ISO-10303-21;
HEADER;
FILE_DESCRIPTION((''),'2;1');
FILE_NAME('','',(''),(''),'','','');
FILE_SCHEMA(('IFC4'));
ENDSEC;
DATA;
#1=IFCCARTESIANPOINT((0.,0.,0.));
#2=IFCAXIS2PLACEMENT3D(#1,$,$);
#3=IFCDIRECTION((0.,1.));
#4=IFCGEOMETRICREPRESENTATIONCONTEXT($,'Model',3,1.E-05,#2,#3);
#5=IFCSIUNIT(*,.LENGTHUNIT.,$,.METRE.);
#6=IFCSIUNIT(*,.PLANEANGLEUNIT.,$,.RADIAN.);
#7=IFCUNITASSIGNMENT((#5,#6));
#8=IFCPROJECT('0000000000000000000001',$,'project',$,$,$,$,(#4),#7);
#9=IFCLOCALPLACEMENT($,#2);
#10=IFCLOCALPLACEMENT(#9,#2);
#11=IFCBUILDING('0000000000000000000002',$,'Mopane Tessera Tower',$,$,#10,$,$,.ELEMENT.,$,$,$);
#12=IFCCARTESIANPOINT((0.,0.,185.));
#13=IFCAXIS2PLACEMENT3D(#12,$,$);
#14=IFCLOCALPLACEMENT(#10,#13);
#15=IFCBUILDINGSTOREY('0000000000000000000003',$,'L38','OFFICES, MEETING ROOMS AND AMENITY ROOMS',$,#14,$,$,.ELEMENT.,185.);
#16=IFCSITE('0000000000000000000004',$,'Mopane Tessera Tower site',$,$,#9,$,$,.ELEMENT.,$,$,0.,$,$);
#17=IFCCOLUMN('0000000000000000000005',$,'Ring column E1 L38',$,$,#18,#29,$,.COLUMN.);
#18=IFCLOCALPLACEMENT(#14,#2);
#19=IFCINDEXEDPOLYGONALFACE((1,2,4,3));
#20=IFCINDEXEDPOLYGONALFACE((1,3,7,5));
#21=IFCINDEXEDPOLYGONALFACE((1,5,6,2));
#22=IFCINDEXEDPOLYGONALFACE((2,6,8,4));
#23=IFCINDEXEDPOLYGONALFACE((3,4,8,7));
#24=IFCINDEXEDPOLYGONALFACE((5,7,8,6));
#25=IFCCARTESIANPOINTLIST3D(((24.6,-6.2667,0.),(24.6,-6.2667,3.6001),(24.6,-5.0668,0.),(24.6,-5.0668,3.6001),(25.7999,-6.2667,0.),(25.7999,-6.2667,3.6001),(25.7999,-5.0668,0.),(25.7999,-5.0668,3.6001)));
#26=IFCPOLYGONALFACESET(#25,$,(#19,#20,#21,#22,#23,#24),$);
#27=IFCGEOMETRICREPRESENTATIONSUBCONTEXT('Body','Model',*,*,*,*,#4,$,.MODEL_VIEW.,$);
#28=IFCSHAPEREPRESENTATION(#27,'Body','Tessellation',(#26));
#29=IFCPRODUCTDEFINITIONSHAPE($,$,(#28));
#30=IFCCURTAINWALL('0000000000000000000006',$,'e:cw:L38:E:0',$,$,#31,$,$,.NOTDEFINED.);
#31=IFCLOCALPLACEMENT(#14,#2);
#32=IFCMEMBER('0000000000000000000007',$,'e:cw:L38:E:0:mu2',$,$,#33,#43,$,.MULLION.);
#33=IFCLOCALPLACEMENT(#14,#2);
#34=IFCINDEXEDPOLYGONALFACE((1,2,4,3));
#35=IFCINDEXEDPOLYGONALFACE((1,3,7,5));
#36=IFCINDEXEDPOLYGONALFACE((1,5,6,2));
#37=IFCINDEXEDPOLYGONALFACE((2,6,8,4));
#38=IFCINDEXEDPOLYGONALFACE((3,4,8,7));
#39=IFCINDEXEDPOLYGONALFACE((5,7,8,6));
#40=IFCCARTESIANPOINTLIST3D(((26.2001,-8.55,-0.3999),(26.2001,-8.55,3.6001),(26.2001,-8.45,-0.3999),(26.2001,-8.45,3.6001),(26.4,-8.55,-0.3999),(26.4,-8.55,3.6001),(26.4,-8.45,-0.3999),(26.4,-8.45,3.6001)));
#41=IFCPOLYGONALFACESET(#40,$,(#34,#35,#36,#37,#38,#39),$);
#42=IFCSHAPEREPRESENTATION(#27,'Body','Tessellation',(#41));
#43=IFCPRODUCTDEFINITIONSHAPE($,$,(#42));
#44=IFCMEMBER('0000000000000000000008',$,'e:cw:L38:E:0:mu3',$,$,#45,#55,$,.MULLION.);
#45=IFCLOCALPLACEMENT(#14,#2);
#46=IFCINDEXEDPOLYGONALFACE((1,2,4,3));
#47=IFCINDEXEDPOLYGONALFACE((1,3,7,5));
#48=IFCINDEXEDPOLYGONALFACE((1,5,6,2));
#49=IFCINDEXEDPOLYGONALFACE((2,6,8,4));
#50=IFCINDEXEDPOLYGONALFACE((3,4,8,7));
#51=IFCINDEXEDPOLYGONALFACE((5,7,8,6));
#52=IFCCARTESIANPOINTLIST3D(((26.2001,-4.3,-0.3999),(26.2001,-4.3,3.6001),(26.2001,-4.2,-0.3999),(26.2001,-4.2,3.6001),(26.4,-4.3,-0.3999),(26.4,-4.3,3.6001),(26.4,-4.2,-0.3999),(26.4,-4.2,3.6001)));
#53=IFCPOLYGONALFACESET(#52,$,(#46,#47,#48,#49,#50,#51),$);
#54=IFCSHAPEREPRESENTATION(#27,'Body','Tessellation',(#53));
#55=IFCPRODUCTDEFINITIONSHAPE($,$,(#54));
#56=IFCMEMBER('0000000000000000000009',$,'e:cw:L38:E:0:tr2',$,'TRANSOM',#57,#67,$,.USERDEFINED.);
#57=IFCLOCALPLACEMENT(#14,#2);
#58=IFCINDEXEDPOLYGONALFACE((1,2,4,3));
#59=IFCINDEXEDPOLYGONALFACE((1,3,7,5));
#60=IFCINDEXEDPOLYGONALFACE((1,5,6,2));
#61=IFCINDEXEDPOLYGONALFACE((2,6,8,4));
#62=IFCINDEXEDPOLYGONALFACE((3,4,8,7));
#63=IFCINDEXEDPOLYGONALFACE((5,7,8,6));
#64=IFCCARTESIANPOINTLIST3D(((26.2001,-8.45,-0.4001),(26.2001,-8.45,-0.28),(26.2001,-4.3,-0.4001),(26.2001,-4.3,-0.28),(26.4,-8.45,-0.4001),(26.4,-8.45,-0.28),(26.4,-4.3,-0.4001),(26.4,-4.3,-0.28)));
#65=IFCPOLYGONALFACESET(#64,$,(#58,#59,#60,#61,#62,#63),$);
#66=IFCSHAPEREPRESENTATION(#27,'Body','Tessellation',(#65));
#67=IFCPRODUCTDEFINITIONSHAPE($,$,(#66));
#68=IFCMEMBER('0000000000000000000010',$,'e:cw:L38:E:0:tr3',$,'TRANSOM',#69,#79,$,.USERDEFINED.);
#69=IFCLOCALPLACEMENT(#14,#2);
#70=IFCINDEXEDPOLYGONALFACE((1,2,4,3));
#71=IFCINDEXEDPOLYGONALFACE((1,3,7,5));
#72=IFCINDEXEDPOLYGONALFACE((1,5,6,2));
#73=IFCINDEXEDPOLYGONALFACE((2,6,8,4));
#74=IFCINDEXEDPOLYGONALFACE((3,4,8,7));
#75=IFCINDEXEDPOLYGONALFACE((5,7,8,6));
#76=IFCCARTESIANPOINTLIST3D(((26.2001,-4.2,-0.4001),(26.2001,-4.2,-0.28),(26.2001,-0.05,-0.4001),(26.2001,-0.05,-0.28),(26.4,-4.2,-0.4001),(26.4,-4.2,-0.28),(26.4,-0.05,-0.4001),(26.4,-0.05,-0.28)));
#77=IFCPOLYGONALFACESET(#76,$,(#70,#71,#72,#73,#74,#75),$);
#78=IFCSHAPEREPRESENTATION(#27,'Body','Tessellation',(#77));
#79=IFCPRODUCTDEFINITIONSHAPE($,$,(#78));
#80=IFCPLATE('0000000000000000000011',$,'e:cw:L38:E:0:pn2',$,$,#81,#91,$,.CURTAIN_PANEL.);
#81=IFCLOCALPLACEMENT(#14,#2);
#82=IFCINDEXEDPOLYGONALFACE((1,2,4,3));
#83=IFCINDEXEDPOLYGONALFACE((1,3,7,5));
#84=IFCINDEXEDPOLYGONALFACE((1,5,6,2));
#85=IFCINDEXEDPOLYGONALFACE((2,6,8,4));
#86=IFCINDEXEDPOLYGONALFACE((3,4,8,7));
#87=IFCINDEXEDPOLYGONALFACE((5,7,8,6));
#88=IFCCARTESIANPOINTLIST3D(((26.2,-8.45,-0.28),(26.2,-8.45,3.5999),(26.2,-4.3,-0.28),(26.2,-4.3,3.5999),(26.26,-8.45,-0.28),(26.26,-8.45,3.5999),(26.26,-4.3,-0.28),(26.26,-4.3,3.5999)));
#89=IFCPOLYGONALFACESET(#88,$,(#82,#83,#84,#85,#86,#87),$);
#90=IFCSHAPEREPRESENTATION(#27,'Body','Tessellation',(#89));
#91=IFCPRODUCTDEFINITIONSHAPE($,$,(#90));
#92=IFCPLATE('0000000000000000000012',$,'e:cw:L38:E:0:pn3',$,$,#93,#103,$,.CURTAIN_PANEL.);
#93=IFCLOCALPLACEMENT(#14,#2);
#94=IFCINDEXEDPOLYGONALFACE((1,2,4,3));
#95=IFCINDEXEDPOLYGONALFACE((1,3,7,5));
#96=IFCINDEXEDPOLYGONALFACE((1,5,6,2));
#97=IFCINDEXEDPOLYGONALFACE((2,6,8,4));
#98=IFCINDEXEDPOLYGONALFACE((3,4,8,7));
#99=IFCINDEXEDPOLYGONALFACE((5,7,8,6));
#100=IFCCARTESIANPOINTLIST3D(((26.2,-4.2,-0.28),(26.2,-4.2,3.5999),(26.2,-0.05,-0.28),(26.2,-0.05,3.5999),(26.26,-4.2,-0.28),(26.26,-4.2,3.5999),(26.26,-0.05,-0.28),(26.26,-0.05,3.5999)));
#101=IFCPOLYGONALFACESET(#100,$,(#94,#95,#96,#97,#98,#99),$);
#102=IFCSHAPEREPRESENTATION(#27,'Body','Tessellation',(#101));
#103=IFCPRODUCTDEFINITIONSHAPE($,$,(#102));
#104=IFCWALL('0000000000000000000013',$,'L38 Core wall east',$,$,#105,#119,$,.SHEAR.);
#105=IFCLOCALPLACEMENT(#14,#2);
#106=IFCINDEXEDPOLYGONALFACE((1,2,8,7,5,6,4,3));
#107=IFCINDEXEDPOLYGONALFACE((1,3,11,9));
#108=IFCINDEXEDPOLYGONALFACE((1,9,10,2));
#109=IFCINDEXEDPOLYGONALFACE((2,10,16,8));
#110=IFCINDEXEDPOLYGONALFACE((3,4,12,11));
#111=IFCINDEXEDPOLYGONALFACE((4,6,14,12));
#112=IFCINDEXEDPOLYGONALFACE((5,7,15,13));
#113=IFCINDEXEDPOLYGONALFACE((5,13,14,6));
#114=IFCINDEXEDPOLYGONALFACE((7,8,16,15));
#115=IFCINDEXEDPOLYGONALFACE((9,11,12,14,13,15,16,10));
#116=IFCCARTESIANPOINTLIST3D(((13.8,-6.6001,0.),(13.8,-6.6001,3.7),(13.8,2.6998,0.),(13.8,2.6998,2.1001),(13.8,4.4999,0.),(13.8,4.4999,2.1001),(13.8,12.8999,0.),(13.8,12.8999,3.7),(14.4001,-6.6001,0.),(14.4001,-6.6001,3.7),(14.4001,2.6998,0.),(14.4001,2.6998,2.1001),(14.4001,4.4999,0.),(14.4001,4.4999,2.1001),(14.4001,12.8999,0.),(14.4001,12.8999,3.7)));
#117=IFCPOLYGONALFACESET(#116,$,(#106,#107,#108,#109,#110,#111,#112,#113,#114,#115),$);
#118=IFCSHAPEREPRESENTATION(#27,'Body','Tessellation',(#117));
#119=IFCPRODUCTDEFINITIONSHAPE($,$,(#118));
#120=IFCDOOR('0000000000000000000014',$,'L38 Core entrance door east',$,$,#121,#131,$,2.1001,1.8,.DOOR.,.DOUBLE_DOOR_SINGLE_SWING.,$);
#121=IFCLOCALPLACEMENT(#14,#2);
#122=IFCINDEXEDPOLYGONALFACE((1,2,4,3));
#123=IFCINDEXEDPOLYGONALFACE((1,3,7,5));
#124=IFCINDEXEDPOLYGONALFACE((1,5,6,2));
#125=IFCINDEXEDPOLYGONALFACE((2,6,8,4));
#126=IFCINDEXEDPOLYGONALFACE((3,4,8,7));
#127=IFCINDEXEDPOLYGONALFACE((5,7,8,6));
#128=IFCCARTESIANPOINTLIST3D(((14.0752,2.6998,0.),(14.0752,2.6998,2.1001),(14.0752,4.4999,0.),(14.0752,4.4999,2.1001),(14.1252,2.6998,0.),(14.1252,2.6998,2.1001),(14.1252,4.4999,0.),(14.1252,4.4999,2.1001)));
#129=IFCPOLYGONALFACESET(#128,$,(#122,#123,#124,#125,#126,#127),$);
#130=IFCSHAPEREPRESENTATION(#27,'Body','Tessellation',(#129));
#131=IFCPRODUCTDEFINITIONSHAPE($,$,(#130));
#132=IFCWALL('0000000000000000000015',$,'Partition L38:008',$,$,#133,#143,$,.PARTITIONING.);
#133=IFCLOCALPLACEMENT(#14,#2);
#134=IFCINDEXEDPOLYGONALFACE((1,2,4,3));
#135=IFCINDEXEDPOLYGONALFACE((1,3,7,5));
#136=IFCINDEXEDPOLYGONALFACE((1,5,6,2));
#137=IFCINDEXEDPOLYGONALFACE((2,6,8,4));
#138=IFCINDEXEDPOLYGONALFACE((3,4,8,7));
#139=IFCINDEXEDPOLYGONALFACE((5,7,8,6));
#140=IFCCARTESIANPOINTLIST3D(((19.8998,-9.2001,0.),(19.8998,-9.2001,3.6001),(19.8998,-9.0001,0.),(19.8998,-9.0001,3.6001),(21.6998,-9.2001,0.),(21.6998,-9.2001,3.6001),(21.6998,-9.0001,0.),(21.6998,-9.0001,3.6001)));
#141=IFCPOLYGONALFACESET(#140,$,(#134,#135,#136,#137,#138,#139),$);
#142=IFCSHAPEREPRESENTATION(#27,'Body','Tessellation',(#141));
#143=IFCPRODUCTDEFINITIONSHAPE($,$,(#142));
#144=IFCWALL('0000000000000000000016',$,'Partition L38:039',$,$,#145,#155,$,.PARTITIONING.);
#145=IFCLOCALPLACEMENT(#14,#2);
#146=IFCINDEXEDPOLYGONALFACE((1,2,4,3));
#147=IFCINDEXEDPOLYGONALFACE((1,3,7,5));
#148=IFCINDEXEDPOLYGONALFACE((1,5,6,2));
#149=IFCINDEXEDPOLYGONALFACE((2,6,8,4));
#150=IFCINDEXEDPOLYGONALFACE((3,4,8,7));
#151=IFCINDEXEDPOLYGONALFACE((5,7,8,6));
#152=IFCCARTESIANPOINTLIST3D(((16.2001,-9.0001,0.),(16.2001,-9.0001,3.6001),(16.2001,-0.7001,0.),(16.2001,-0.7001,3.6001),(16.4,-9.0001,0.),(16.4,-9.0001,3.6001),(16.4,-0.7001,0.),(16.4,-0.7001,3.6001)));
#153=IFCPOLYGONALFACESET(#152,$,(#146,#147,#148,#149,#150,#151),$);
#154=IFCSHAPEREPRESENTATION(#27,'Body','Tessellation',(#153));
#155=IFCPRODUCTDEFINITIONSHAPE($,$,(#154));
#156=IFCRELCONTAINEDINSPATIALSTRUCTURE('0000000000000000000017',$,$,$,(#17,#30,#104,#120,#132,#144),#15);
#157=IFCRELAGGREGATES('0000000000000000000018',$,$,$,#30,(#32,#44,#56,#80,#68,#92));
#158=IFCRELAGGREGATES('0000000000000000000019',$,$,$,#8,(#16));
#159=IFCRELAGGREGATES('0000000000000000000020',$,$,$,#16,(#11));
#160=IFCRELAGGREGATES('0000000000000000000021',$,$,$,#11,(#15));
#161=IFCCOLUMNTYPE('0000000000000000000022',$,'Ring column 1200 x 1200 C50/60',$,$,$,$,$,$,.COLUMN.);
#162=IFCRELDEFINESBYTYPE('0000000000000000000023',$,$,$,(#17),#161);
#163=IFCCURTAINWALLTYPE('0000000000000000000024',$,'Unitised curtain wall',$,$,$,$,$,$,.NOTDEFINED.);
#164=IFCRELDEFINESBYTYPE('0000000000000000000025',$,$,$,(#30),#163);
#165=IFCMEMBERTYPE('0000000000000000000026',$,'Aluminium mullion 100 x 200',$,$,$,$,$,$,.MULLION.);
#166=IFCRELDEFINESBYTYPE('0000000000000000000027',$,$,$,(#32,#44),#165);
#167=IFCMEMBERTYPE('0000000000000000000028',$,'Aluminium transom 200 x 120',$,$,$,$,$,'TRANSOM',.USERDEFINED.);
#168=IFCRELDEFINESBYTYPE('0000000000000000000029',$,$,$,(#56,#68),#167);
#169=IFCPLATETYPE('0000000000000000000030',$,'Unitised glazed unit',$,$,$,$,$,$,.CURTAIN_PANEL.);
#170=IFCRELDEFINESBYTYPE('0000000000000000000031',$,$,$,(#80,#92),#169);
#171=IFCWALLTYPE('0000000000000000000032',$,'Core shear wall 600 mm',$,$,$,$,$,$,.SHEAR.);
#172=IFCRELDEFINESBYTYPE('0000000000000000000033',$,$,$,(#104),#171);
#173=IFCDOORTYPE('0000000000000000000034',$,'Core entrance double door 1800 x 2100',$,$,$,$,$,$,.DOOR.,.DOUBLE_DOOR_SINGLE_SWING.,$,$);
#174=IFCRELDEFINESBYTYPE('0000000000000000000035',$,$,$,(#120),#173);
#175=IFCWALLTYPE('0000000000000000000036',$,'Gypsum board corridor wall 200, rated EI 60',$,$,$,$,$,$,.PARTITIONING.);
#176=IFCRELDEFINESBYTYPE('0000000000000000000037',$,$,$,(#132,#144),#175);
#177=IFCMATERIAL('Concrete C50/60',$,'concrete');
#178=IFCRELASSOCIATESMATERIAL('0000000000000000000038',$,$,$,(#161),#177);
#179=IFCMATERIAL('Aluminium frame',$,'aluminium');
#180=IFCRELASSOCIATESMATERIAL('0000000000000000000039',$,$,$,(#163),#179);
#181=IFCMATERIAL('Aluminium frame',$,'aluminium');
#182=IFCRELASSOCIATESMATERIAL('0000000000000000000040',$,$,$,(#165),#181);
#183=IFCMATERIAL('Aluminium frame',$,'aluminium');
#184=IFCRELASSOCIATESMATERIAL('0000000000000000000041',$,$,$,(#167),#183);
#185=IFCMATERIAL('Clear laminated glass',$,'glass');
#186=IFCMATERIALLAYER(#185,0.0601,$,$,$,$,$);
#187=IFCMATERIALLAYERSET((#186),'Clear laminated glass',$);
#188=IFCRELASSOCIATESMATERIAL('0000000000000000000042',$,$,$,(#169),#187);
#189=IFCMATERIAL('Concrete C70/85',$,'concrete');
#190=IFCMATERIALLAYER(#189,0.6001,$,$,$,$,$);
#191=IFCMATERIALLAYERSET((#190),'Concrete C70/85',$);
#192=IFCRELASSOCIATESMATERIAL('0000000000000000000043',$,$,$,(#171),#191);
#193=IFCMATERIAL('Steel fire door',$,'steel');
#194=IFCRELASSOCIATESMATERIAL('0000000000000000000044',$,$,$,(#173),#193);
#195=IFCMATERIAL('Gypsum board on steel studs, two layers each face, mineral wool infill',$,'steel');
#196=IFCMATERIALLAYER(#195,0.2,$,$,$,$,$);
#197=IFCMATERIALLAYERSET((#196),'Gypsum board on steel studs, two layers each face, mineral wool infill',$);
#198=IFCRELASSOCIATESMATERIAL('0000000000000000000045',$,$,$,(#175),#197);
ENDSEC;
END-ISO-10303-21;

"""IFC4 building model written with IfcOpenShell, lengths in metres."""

from ifc_helpers import new_model, si_unit, direction, frame, frame_2d, origin, origin_2d, place, context, subcontext, project, spatial, rectangle, extrude, material, layer, layer_set, material_profile, profile_set, type_object, element, fill, aggregate, save


model = new_model("IFC4")

# Units and contexts
model_context = context("Model", 3, precision=1e-05, world=origin(), true_north=direction((0.0, 1.0)))
body_context = subcontext(model_context, "Body", "Model", "MODEL_VIEW")
ifc_project = project(units=[si_unit("LENGTHUNIT", "METRE"), si_unit("PLANEANGLEUNIT", "RADIAN")], contexts=[model_context])

# Site, building, storey
site_placement = place(None, origin())
site = spatial("IfcSite", under=ifc_project, at=site_placement, Name="Mopane Tessera Tower site", CompositionType="ELEMENT", RefElevation=0.0)
building_placement = place(site_placement, origin())
building = spatial("IfcBuilding", under=site, at=building_placement, Name="Mopane Tessera Tower", CompositionType="ELEMENT")
storey_placement = place(building_placement, frame((0.0, 0.0, 185.0)))
storey = spatial("IfcBuildingStorey", under=building, at=storey_placement, Name="L38", Description="OFFICES, MEETING ROOMS AND AMENITY ROOMS", CompositionType="ELEMENT", Elevation=185.0)

# Column
ifc_material_1 = material(Name="Concrete C50/60", Category="concrete")
ifc_material_profile_1 = material_profile(ifc_material_1, rectangle(XDim=1.2, YDim=1.2, at=origin_2d()))
ifc_profile_set_1 = profile_set([ifc_material_profile_1], Name="Concrete C50/60")
column_type = type_object("IfcColumnType", Name="Ring column 1200 x 1200 C50/60", PredefinedType="COLUMN", material=ifc_profile_set_1)
column_placement = place(storey_placement, frame((25.2, -5.6667, 0.0), z_axis=(0.0, 0.0, 1.0), x_axis=(1.0, 0.0, 0.0)))
element("IfcColumn", 1, at=column_placement, inside=storey, type_object=column_type, Name="Ring column E1 L38", PredefinedType="COLUMN", context=body_context, shape_type="SweptSolid", body=[
    extrude(rectangle(XDim=1.2, YDim=1.2, at=origin_2d()), origin(), (0.0, 0.0, 1.0), 3.6001),
])

# Curtain wall, members, plates
ifc_material_2 = material(Name="Aluminium frame", Category="aluminium")
curtain_wall_type = type_object("IfcCurtainWallType", Name="Unitised curtain wall", PredefinedType="NOTDEFINED", material=ifc_material_2)
curtain_wall_placement = place(storey_placement, origin())
curtain_wall = element("IfcCurtainWall", 2, at=curtain_wall_placement, inside=storey, type_object=curtain_wall_type, Name="e:cw:L38:E:0", PredefinedType="NOTDEFINED")
ifc_material_3 = material(Name="Aluminium frame", Category="aluminium")
ifc_material_profile_2 = material_profile(ifc_material_3, rectangle(XDim=0.1001, YDim=0.2, at=origin_2d()))
ifc_profile_set_2 = profile_set([ifc_material_profile_2], Name="Aluminium frame")
member_type_1 = type_object("IfcMemberType", Name="Aluminium mullion 100 x 200", PredefinedType="MULLION", material=ifc_profile_set_2)
member_1_placement = place(storey_placement, frame((26.3, -8.5, -0.3999), z_axis=(0.0, 0.0, 1.0), x_axis=(0.0, 1.0, 0.0)))
member_1 = element("IfcMember", 3, at=member_1_placement, type_object=member_type_1, Name="e:cw:L38:E:0:mu2", PredefinedType="MULLION", context=body_context, shape_type="SweptSolid", body=[
    extrude(rectangle(XDim=0.1001, YDim=0.2, at=origin_2d()), origin(), (0.0, 0.0, 1.0), 4.0),
])
member_2_placement = place(storey_placement, frame((26.3, -4.25, -0.3999), z_axis=(0.0, 0.0, 1.0), x_axis=(0.0, 1.0, 0.0)))
member_2 = element("IfcMember", 4, at=member_2_placement, type_object=member_type_1, Name="e:cw:L38:E:0:mu3", PredefinedType="MULLION", context=body_context, shape_type="SweptSolid", body=[
    extrude(rectangle(XDim=0.1001, YDim=0.2, at=origin_2d()), origin(), (0.0, 0.0, 1.0), 4.0),
])
ifc_material_4 = material(Name="Aluminium frame", Category="aluminium")
ifc_material_profile_3 = material_profile(ifc_material_4, rectangle(XDim=0.2, YDim=0.1201, at=origin_2d()))
ifc_profile_set_3 = profile_set([ifc_material_profile_3], Name="Aluminium frame")
member_type_2 = type_object("IfcMemberType", Name="Aluminium transom 200 x 120", ElementType="TRANSOM", PredefinedType="USERDEFINED", material=ifc_profile_set_3)
member_3_placement = place(storey_placement, frame((26.3, -8.45, -0.3401), z_axis=(0.0, 1.0, 0.0), x_axis=(-1.0, 0.0, 0.0)))
member_3 = element("IfcMember", 5, at=member_3_placement, type_object=member_type_2, Name="e:cw:L38:E:0:tr2", ObjectType="TRANSOM", PredefinedType="USERDEFINED", context=body_context, shape_type="SweptSolid", body=[
    extrude(rectangle(XDim=0.2, YDim=0.1201, at=origin_2d()), origin(), (0.0, 0.0, 1.0), 4.1499),
])
member_4_placement = place(storey_placement, frame((26.3, -4.2, -0.3401), z_axis=(0.0, 1.0, 0.0), x_axis=(-1.0, 0.0, 0.0)))
member_4 = element("IfcMember", 6, at=member_4_placement, type_object=member_type_2, Name="e:cw:L38:E:0:tr3", ObjectType="TRANSOM", PredefinedType="USERDEFINED", context=body_context, shape_type="SweptSolid", body=[
    extrude(rectangle(XDim=0.2, YDim=0.1201, at=origin_2d()), origin(), (0.0, 0.0, 1.0), 4.1499),
])
ifc_material_5 = material(Name="Clear laminated glass", Category="glass")
ifc_layer_1 = layer(ifc_material_5, 0.0601)
ifc_layer_set_1 = layer_set([ifc_layer_1], Name="Clear laminated glass")
plate_type = type_object("IfcPlateType", Name="Unitised glazed unit", PredefinedType="CURTAIN_PANEL", material=ifc_layer_set_1)
plate_1_placement = place(storey_placement, frame((26.23, -6.375, -0.28), z_axis=(0.0, 0.0, 1.0), x_axis=(0.0, 1.0, 0.0)))
plate_1 = element("IfcPlate", 7, at=plate_1_placement, type_object=plate_type, Name="e:cw:L38:E:0:pn2", PredefinedType="CURTAIN_PANEL", context=body_context, shape_type="SweptSolid", body=[
    extrude(rectangle(XDim=4.1499, YDim=0.0601, at=origin_2d()), origin(), (0.0, 0.0, 1.0), 3.8799),
])
plate_2_placement = place(storey_placement, frame((26.23, -2.125, -0.28), z_axis=(0.0, 0.0, 1.0), x_axis=(0.0, 1.0, 0.0)))
plate_2 = element("IfcPlate", 8, at=plate_2_placement, type_object=plate_type, Name="e:cw:L38:E:0:pn3", PredefinedType="CURTAIN_PANEL", context=body_context, shape_type="SweptSolid", body=[
    extrude(rectangle(XDim=4.1499, YDim=0.0601, at=origin_2d()), origin(), (0.0, 0.0, 1.0), 3.8799),
])
aggregate(curtain_wall, [member_1, member_2, member_3, plate_1, member_4, plate_2])

# Wall, opening, door
ifc_material_6 = material(Name="Concrete C70/85", Category="concrete")
ifc_layer_2 = layer(ifc_material_6, 0.6001)
ifc_layer_set_2 = layer_set([ifc_layer_2], Name="Concrete C70/85")
wall_type_1 = type_object("IfcWallType", Name="Core shear wall 600 mm", PredefinedType="SHEAR", material=ifc_layer_set_2)
wall_1_placement = place(storey_placement, frame((14.1001, -6.6001, 0.0), z_axis=(0.0, 0.0, 1.0), x_axis=(0.0, 1.0, 0.0)))
wall_1 = element("IfcWall", 9, at=wall_1_placement, inside=storey, type_object=wall_type_1, Name="L38 Core wall east", PredefinedType="SHEAR", context=body_context, shape_type="SweptSolid", body=[
    extrude(rectangle(XDim=19.5, YDim=0.6001, at=frame_2d((9.75, 0.0))), origin(), (0.0, 0.0, 1.0), 3.7),
])
opening_1_placement = place(wall_1_placement, frame((9.3, 0.0, 0.0)))
opening_1 = element("IfcOpeningElement", 10, at=opening_1_placement, cuts=wall_1, PredefinedType="OPENING", context=body_context, shape_type="SweptSolid", body=[
    extrude(rectangle(XDim=1.8, YDim=2.1001, at=frame_2d((0.8999, 1.05))), frame((0.0, 0.312, 0.0), z_axis=(0.0, -1.0, 0.0), x_axis=(1.0, 0.0, 0.0)), (0.0, 0.0, 1.0), 0.624),
])
ifc_material_7 = material(Name="Steel fire door", Category="steel")
door_type_1 = type_object("IfcDoorType", Name="Core entrance double door 1800 x 2100", OperationType="DOUBLE_DOOR_SINGLE_SWING", PredefinedType="DOOR", material=ifc_material_7)
door_1_placement = place(opening_1_placement, origin())
door_1 = element("IfcDoor", 11, at=door_1_placement, inside=storey, type_object=door_type_1, Name="L38 Core entrance door east", OperationType="DOUBLE_DOOR_SINGLE_SWING", OverallHeight=2.1001, OverallWidth=1.8, PredefinedType="DOOR", context=body_context, shape_type="SweptSolid", body=[
    extrude(rectangle(XDim=1.8, YDim=2.1001, at=frame_2d((0.8999, 1.05))), frame((0.0, 0.0249, 0.0), z_axis=(0.0, -1.0, 0.0), x_axis=(1.0, 0.0, 0.0)), (0.0, 0.0, 1.0), 0.05),
])
fill(opening_1, door_1)

# Walls
ifc_material_8 = material(Name="Gypsum board on steel studs, two layers each face, mineral wool infill", Category="steel")
ifc_layer_3 = layer(ifc_material_8, 0.2)
ifc_layer_set_3 = layer_set([ifc_layer_3], Name="Gypsum board on steel studs, two layers each face, mineral wool infill")
wall_type_2 = type_object("IfcWallType", Name="Gypsum board corridor wall 200, rated EI 60", PredefinedType="PARTITIONING", material=ifc_layer_set_3)
wall_2_placement = place(storey_placement, frame((19.8999, -9.1001, 0.0), z_axis=(0.0, 0.0, 1.0), x_axis=(1.0, 0.0, 0.0)))
element("IfcWall", 12, at=wall_2_placement, inside=storey, type_object=wall_type_2, Name="Partition L38:008", PredefinedType="PARTITIONING", context=body_context, shape_type="SweptSolid", body=[
    extrude(rectangle(XDim=1.8, YDim=0.2, at=frame_2d((0.8999, 0.0))), origin(), (0.0, 0.0, 1.0), 3.6001),
])
wall_3_placement = place(storey_placement, frame((16.3, -9.0, 0.0), z_axis=(0.0, 0.0, 1.0), x_axis=(0.0, 1.0, 0.0)))
element("IfcWall", 13, at=wall_3_placement, inside=storey, type_object=wall_type_2, Name="Partition L38:039", PredefinedType="PARTITIONING", context=body_context, shape_type="SweptSolid", body=[
    extrude(rectangle(XDim=8.3, YDim=0.2, at=frame_2d((4.1499, 0.0))), origin(), (0.0, 0.0, 1.0), 3.6001),
])

save(model, "model.ifc")
